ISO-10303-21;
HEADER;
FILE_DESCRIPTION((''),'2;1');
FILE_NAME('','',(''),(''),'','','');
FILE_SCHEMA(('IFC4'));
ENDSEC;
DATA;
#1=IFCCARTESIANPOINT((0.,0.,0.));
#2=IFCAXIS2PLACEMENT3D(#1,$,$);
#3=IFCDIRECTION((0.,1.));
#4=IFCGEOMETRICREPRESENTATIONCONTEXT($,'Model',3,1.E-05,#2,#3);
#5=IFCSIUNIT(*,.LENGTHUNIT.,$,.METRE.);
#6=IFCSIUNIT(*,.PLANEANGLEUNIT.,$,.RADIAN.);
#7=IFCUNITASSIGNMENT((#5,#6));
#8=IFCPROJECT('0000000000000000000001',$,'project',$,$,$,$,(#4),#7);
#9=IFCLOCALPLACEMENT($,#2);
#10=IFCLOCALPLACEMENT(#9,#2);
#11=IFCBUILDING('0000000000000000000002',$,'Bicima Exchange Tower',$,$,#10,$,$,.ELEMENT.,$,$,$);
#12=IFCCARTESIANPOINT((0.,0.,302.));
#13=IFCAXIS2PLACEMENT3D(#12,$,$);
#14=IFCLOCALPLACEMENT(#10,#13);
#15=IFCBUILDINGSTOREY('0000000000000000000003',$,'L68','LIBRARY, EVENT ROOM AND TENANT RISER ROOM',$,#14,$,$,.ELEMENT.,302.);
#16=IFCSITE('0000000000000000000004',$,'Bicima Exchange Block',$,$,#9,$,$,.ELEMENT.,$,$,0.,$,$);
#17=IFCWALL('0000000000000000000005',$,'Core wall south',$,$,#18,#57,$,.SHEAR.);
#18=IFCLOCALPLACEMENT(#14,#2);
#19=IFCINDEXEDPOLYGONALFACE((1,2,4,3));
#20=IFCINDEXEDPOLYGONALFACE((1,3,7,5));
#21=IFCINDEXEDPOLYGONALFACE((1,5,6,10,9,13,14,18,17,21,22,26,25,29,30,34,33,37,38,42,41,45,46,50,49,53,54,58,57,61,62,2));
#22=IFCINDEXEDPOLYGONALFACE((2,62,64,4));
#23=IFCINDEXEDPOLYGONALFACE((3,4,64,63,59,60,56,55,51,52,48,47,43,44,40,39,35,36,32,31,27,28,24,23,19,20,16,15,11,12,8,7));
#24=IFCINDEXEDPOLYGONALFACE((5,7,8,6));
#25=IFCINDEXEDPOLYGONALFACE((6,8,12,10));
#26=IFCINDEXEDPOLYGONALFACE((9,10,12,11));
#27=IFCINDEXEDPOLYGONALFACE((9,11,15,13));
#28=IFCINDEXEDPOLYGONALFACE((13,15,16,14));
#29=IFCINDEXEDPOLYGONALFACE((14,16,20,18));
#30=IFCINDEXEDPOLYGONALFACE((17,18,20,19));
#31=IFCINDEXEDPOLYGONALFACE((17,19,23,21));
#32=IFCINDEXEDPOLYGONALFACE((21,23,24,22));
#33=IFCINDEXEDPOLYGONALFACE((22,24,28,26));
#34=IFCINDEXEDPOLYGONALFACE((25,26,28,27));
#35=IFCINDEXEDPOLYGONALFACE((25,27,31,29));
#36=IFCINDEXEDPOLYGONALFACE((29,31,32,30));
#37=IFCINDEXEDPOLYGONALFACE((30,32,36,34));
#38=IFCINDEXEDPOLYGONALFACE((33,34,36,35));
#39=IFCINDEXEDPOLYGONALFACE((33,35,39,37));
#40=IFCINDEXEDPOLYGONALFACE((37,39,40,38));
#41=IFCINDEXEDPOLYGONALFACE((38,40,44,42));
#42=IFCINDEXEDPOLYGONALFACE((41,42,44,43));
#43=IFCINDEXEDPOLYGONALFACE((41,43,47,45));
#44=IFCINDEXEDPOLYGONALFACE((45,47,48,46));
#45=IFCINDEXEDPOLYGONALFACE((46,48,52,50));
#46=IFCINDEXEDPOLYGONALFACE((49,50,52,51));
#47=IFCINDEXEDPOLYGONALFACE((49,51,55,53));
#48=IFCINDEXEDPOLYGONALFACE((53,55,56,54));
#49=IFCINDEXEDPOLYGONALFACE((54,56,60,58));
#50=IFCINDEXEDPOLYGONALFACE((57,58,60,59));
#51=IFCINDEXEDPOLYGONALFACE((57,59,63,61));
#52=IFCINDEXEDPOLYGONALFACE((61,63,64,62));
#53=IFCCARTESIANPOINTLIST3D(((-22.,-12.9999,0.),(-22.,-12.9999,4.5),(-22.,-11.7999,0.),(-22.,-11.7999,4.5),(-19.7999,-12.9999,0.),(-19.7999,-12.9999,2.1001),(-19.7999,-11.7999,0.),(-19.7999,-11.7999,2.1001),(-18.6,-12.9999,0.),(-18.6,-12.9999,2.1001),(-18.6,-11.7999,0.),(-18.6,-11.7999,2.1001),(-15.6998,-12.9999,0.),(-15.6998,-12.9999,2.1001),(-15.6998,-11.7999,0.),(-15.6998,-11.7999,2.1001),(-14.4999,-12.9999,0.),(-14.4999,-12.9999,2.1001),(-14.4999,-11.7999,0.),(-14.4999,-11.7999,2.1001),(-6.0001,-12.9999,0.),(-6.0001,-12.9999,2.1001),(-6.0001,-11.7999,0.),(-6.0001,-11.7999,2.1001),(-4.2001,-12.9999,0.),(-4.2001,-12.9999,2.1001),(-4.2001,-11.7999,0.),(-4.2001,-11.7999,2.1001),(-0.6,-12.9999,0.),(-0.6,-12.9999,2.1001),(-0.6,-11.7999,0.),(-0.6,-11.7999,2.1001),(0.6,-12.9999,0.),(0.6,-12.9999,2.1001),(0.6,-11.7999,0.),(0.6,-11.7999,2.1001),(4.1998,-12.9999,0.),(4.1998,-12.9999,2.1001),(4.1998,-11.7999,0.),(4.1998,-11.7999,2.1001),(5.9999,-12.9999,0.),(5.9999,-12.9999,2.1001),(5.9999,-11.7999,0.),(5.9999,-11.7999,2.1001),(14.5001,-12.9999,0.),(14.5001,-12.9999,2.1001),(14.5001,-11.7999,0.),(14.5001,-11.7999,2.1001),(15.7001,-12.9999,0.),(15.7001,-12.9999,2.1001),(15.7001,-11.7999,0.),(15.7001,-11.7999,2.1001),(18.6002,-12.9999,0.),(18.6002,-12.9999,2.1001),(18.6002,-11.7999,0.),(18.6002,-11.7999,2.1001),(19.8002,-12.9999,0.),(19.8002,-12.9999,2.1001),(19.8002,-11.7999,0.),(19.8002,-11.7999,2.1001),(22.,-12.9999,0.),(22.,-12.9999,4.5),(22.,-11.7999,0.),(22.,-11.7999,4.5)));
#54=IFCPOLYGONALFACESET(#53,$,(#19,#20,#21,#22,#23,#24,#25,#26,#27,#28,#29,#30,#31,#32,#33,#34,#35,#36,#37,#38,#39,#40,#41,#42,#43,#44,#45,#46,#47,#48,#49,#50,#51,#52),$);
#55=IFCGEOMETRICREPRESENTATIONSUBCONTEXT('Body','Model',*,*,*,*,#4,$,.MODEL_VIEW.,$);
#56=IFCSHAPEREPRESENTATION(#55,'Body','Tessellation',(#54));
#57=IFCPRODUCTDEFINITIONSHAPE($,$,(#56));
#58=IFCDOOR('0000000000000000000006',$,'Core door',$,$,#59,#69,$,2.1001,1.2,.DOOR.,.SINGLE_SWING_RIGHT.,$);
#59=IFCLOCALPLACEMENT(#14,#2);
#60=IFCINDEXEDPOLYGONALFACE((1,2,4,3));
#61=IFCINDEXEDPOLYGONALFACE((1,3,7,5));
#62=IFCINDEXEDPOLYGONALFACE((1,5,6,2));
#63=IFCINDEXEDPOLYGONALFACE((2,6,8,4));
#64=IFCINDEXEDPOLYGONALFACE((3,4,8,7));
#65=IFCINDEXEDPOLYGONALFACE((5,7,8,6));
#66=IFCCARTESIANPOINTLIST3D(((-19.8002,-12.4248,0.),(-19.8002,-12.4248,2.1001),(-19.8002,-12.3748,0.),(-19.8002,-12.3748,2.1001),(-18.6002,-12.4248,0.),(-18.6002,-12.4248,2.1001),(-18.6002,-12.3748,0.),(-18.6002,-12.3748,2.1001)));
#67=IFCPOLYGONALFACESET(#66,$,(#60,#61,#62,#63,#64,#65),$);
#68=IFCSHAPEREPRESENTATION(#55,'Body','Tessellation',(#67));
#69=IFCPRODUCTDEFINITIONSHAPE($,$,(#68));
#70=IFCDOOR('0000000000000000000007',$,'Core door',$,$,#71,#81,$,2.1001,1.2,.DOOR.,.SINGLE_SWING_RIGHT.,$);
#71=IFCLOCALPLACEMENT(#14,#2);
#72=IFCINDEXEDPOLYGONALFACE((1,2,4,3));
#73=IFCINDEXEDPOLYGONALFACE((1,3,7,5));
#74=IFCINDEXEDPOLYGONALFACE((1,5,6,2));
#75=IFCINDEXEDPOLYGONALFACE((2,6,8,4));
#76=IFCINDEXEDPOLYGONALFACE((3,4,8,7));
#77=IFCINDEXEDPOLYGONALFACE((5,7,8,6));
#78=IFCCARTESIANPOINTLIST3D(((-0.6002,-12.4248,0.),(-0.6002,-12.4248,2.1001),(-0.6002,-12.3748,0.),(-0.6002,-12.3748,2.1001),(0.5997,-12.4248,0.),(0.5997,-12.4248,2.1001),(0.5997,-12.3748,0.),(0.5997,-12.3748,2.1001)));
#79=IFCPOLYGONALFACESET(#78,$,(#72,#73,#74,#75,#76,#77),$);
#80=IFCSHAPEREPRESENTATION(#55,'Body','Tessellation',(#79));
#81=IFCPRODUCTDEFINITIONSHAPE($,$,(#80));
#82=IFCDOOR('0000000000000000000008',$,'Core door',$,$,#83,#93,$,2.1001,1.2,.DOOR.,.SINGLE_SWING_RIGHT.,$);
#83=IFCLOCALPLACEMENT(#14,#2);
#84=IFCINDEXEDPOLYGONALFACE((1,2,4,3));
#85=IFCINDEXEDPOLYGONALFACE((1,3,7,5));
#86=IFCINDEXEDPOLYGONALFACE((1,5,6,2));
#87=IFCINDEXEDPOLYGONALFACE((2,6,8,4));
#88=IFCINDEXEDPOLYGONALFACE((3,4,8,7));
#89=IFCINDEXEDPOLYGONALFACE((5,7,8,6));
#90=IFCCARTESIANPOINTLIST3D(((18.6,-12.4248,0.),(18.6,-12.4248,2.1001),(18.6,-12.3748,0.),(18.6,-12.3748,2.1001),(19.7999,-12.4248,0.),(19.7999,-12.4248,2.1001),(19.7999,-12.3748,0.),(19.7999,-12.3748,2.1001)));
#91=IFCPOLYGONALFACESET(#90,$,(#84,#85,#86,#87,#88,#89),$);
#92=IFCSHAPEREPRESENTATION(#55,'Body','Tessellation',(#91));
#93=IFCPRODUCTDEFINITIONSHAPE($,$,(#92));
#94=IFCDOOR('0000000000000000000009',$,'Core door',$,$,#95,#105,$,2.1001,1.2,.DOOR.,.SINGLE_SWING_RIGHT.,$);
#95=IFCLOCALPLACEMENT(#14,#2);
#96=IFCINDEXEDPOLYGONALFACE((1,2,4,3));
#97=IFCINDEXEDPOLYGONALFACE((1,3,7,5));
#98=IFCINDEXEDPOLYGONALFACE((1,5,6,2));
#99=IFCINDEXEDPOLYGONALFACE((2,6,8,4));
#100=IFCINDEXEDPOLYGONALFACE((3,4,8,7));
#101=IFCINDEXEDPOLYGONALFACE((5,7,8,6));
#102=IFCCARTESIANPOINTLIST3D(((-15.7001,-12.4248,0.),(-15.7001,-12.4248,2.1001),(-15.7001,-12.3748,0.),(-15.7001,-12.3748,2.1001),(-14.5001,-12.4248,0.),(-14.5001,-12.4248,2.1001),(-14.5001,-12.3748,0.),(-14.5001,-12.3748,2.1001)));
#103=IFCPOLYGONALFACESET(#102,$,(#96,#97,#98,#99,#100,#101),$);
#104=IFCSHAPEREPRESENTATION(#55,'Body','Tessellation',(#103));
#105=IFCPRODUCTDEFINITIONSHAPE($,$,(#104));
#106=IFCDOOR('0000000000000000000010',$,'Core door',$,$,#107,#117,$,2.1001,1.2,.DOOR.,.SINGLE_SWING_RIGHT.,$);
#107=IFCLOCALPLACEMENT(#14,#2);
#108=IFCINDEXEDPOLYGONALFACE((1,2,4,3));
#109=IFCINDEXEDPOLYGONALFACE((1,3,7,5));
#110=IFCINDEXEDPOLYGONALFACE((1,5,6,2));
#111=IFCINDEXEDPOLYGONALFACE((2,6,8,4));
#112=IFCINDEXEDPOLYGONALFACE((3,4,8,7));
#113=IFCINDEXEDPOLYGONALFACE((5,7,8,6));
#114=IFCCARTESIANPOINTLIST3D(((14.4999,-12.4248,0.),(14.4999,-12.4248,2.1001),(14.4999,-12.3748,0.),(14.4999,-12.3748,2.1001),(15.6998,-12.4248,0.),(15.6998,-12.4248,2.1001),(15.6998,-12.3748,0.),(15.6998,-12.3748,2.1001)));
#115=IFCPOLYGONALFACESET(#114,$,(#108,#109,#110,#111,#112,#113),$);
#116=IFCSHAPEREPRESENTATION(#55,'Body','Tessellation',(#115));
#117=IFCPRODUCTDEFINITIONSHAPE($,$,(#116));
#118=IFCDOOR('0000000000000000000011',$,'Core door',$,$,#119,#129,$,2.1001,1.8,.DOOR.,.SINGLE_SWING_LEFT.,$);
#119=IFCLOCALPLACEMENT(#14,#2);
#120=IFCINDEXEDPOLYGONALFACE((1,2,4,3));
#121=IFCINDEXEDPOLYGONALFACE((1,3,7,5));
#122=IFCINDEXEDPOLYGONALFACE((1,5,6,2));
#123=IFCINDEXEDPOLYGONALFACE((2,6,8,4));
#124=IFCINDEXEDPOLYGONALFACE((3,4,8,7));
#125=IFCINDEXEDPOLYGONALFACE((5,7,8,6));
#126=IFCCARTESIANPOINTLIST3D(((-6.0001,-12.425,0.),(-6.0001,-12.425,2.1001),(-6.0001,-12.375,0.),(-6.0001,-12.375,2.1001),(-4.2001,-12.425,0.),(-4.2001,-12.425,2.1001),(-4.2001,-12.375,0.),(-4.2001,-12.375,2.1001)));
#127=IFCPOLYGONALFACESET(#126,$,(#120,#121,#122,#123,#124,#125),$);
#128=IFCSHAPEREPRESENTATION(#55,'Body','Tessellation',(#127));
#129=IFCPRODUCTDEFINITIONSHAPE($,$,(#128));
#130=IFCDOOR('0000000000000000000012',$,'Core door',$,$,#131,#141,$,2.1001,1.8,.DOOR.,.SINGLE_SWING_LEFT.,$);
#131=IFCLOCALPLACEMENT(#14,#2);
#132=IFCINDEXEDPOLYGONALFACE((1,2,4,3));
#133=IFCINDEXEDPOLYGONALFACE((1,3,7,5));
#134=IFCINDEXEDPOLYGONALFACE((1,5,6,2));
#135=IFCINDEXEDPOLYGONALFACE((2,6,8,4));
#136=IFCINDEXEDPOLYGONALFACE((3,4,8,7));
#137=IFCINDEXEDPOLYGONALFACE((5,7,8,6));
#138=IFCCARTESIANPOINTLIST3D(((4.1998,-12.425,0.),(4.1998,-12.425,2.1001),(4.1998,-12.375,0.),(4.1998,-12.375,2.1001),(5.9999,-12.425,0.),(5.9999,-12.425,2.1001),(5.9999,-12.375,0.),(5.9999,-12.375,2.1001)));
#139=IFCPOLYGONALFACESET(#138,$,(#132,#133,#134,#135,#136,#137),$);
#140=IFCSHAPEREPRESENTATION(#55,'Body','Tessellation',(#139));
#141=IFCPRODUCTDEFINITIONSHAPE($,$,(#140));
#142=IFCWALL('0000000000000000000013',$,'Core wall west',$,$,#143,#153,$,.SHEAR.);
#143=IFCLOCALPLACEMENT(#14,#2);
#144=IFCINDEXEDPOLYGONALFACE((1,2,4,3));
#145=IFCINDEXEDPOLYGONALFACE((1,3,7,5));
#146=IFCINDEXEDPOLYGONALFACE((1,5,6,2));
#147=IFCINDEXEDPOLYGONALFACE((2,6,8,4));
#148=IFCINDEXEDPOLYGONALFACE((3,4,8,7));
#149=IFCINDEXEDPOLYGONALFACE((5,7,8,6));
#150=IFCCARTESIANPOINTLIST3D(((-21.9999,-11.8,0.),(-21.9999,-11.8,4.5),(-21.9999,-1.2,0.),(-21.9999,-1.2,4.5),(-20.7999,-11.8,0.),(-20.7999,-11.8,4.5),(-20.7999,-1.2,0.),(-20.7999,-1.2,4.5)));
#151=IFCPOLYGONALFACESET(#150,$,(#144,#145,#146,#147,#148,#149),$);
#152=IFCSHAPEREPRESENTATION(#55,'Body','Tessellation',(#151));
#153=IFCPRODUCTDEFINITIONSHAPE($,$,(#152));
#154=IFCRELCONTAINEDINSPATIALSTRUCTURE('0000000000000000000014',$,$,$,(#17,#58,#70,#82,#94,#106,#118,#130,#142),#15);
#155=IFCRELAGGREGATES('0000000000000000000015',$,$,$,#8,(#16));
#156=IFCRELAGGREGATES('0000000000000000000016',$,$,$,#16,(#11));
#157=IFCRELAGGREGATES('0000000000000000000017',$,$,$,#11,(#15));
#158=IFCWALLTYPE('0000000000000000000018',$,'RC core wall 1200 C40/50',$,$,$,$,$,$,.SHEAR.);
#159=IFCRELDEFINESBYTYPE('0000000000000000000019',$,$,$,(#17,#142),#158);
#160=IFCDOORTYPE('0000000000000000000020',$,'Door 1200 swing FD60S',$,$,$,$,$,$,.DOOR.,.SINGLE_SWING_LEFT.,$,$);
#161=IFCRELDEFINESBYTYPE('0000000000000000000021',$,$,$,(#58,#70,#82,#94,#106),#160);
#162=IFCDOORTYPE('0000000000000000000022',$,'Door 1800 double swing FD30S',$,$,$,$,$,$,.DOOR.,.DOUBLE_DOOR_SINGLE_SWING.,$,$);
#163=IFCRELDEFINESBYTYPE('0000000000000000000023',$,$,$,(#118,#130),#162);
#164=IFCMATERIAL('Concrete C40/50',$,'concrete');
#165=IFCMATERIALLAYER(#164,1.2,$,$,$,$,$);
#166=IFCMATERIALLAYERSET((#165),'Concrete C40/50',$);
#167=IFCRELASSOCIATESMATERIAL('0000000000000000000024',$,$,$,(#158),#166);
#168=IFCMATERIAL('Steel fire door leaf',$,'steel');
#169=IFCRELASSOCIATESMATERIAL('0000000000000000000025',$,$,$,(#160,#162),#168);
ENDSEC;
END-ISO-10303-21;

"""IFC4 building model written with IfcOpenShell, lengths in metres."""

from ifc_helpers import new_model, si_unit, direction, frame, frame_2d, origin, place, context, subcontext, project, spatial, rectangle, extrude, material, layer, layer_set, type_object, element, fill, save


model = new_model("IFC4")

# Units and contexts
model_context = context("Model", 3, precision=1e-05, world=origin(), true_north=direction((0.0, 1.0)))
body_context = subcontext(model_context, "Body", "Model", "MODEL_VIEW")
ifc_project = project(units=[si_unit("LENGTHUNIT", "METRE"), si_unit("PLANEANGLEUNIT", "RADIAN")], contexts=[model_context])

# Site, building, storey
site_placement = place(None, origin())
site = spatial("IfcSite", under=ifc_project, at=site_placement, Name="Bicima Exchange Block", CompositionType="ELEMENT", RefElevation=0.0)
building_placement = place(site_placement, origin())
building = spatial("IfcBuilding", under=site, at=building_placement, Name="Bicima Exchange Tower", CompositionType="ELEMENT")
storey_placement = place(building_placement, frame((0.0, 0.0, 302.0)))
storey = spatial("IfcBuildingStorey", under=building, at=storey_placement, Name="L68", Description="LIBRARY, EVENT ROOM AND TENANT RISER ROOM", CompositionType="ELEMENT", Elevation=302.0)

# Wall, openings, doors
ifc_material_1 = material(Name="Concrete C40/50", Category="concrete")
ifc_layer_1 = layer(ifc_material_1, 1.2)
ifc_layer_set_1 = layer_set([ifc_layer_1], Name="Concrete C40/50")
wall_type_1 = type_object("IfcWallType", Name="RC core wall 1200 C40/50", PredefinedType="SHEAR", material=ifc_layer_set_1)
ifc_material_2 = material(Name="Steel fire door leaf", Category="steel")
wall_1_placement = place(storey_placement, frame((-22.0, -12.3999, 0.0), z_axis=(0.0, 0.0, 1.0), x_axis=(1.0, 0.0, 0.0)))
wall_1 = element("IfcWall", 1, at=wall_1_placement, inside=storey, type_object=wall_type_1, Name="Core wall south", PredefinedType="SHEAR", context=body_context, shape_type="SweptSolid", body=[
    extrude(rectangle(XDim=44.0, YDim=1.2, at=frame_2d((22.0, 0.0))), origin(), (0.0, 0.0, 1.0), 4.5),
])
opening_1_placement = place(wall_1_placement, frame((2.2, 0.0, 0.0)))
opening_1 = element("IfcOpeningElement", 2, at=opening_1_placement, cuts=wall_1, PredefinedType="OPENING", context=body_context, shape_type="SweptSolid", body=[
    extrude(rectangle(XDim=1.2, YDim=2.1001, at=frame_2d((0.6001, 1.05))), frame((0.0, 0.6118, 0.0), z_axis=(0.0, -1.0, 0.0), x_axis=(1.0, 0.0, 0.0)), (0.0, 0.0, 1.0), 1.2239),
])
opening_2_placement = place(wall_1_placement, frame((21.3999, 0.0, 0.0)))
opening_2 = element("IfcOpeningElement", 3, at=opening_2_placement, cuts=wall_1, PredefinedType="OPENING", context=body_context, shape_type="SweptSolid", body=[
    extrude(rectangle(XDim=1.2, YDim=2.1001, at=frame_2d((0.6001, 1.05))), frame((0.0, 0.6118, 0.0), z_axis=(0.0, -1.0, 0.0), x_axis=(1.0, 0.0, 0.0)), (0.0, 0.0, 1.0), 1.2239),
])
opening_3_placement = place(wall_1_placement, frame((40.6001, 0.0, 0.0)))
opening_3 = element("IfcOpeningElement", 4, at=opening_3_placement, cuts=wall_1, PredefinedType="OPENING", context=body_context, shape_type="SweptSolid", body=[
    extrude(rectangle(XDim=1.2, YDim=2.1001, at=frame_2d((0.6001, 1.05))), frame((0.0, 0.6118, 0.0), z_axis=(0.0, -1.0, 0.0), x_axis=(1.0, 0.0, 0.0)), (0.0, 0.0, 1.0), 1.2239),
])
opening_4_placement = place(wall_1_placement, frame((16.0, 0.0, 0.0)))
opening_4 = element("IfcOpeningElement", 5, at=opening_4_placement, cuts=wall_1, PredefinedType="OPENING", context=body_context, shape_type="SweptSolid", body=[
    extrude(rectangle(XDim=1.8, YDim=2.1001, at=frame_2d((0.8999, 1.05))), frame((0.0, 0.6118, 0.0), z_axis=(0.0, -1.0, 0.0), x_axis=(1.0, 0.0, 0.0)), (0.0, 0.0, 1.0), 1.2239),
])
opening_5_placement = place(wall_1_placement, frame((6.3, 0.0, 0.0)))
opening_5 = element("IfcOpeningElement", 6, at=opening_5_placement, cuts=wall_1, PredefinedType="OPENING", context=body_context, shape_type="SweptSolid", body=[
    extrude(rectangle(XDim=1.2, YDim=2.1001, at=frame_2d((0.6001, 1.05))), frame((0.0, 0.6118, 0.0), z_axis=(0.0, -1.0, 0.0), x_axis=(1.0, 0.0, 0.0)), (0.0, 0.0, 1.0), 1.2239),
])
opening_6_placement = place(wall_1_placement, frame((26.2, 0.0, 0.0)))
opening_6 = element("IfcOpeningElement", 7, at=opening_6_placement, cuts=wall_1, PredefinedType="OPENING", context=body_context, shape_type="SweptSolid", body=[
    extrude(rectangle(XDim=1.8, YDim=2.1001, at=frame_2d((0.8999, 1.05))), frame((0.0, 0.6118, 0.0), z_axis=(0.0, -1.0, 0.0), x_axis=(1.0, 0.0, 0.0)), (0.0, 0.0, 1.0), 1.2239),
])
opening_7_placement = place(wall_1_placement, frame((36.5, 0.0, 0.0)))
opening_7 = element("IfcOpeningElement", 8, at=opening_7_placement, cuts=wall_1, PredefinedType="OPENING", context=body_context, shape_type="SweptSolid", body=[
    extrude(rectangle(XDim=1.2, YDim=2.1001, at=frame_2d((0.6001, 1.05))), frame((0.0, 0.6118, 0.0), z_axis=(0.0, -1.0, 0.0), x_axis=(1.0, 0.0, 0.0)), (0.0, 0.0, 1.0), 1.2239),
])
door_type_1 = type_object("IfcDoorType", Name="Door 1200 swing FD60S", OperationType="SINGLE_SWING_LEFT", PredefinedType="DOOR", material=ifc_material_2)
door_1_placement = place(opening_1_placement, frame((1.2, 0.0, 0.0), z_axis=(0.0, 0.0, 1.0), x_axis=(-1.0, 0.0, 0.0)))
door_1 = element("IfcDoor", 9, at=door_1_placement, inside=storey, type_object=door_type_1, Name="Core door", OperationType="SINGLE_SWING_RIGHT", OverallHeight=2.1001, OverallWidth=1.2, PredefinedType="DOOR", context=body_context, shape_type="SweptSolid", body=[
    extrude(rectangle(XDim=1.2, YDim=2.1001, at=frame_2d((0.6001, 1.05))), frame((0.0, 0.0249, 0.0), z_axis=(0.0, -1.0, 0.0), x_axis=(1.0, 0.0, 0.0)), (0.0, 0.0, 1.0), 0.05),
])
fill(opening_1, door_1)
door_2_placement = place(opening_2_placement, frame((1.2, 0.0, 0.0), z_axis=(0.0, 0.0, 1.0), x_axis=(-1.0, 0.0, 0.0)))
door_2 = element("IfcDoor", 10, at=door_2_placement, inside=storey, type_object=door_type_1, Name="Core door", OperationType="SINGLE_SWING_RIGHT", OverallHeight=2.1001, OverallWidth=1.2, PredefinedType="DOOR", context=body_context, shape_type="SweptSolid", body=[
    extrude(rectangle(XDim=1.2, YDim=2.1001, at=frame_2d((0.6001, 1.05))), frame((0.0, 0.0249, 0.0), z_axis=(0.0, -1.0, 0.0), x_axis=(1.0, 0.0, 0.0)), (0.0, 0.0, 1.0), 0.05),
])
fill(opening_2, door_2)
door_3_placement = place(opening_3_placement, frame((1.2, 0.0, 0.0), z_axis=(0.0, 0.0, 1.0), x_axis=(-1.0, 0.0, 0.0)))
door_3 = element("IfcDoor", 11, at=door_3_placement, inside=storey, type_object=door_type_1, Name="Core door", OperationType="SINGLE_SWING_RIGHT", OverallHeight=2.1001, OverallWidth=1.2, PredefinedType="DOOR", context=body_context, shape_type="SweptSolid", body=[
    extrude(rectangle(XDim=1.2, YDim=2.1001, at=frame_2d((0.6001, 1.05))), frame((0.0, 0.0249, 0.0), z_axis=(0.0, -1.0, 0.0), x_axis=(1.0, 0.0, 0.0)), (0.0, 0.0, 1.0), 0.05),
])
fill(opening_3, door_3)
door_4_placement = place(opening_5_placement, frame((1.2, 0.0, 0.0), z_axis=(0.0, 0.0, 1.0), x_axis=(-1.0, 0.0, 0.0)))
door_4 = element("IfcDoor", 12, at=door_4_placement, inside=storey, type_object=door_type_1, Name="Core door", OperationType="SINGLE_SWING_RIGHT", OverallHeight=2.1001, OverallWidth=1.2, PredefinedType="DOOR", context=body_context, shape_type="SweptSolid", body=[
    extrude(rectangle(XDim=1.2, YDim=2.1001, at=frame_2d((0.6001, 1.05))), frame((0.0, 0.0249, 0.0), z_axis=(0.0, -1.0, 0.0), x_axis=(1.0, 0.0, 0.0)), (0.0, 0.0, 1.0), 0.05),
])
fill(opening_5, door_4)
door_5_placement = place(opening_7_placement, frame((1.2, 0.0, 0.0), z_axis=(0.0, 0.0, 1.0), x_axis=(-1.0, 0.0, 0.0)))
door_5 = element("IfcDoor", 13, at=door_5_placement, inside=storey, type_object=door_type_1, Name="Core door", OperationType="SINGLE_SWING_RIGHT", OverallHeight=2.1001, OverallWidth=1.2, PredefinedType="DOOR", context=body_context, shape_type="SweptSolid", body=[
    extrude(rectangle(XDim=1.2, YDim=2.1001, at=frame_2d((0.6001, 1.05))), frame((0.0, 0.0249, 0.0), z_axis=(0.0, -1.0, 0.0), x_axis=(1.0, 0.0, 0.0)), (0.0, 0.0, 1.0), 0.05),
])
fill(opening_7, door_5)
door_type_2 = type_object("IfcDoorType", Name="Door 1800 double swing FD30S", OperationType="DOUBLE_DOOR_SINGLE_SWING", PredefinedType="DOOR", material=ifc_material_2)
door_6_placement = place(opening_4_placement, origin())
door_6 = element("IfcDoor", 14, at=door_6_placement, inside=storey, type_object=door_type_2, Name="Core door", OperationType="SINGLE_SWING_LEFT", OverallHeight=2.1001, OverallWidth=1.8, PredefinedType="DOOR", context=body_context, shape_type="SweptSolid", body=[
    extrude(rectangle(XDim=1.8, YDim=2.1001, at=frame_2d((0.8999, 1.05))), frame((0.0, 0.0249, 0.0), z_axis=(0.0, -1.0, 0.0), x_axis=(1.0, 0.0, 0.0)), (0.0, 0.0, 1.0), 0.05),
])
fill(opening_4, door_6)
door_7_placement = place(opening_6_placement, origin())
door_7 = element("IfcDoor", 15, at=door_7_placement, inside=storey, type_object=door_type_2, Name="Core door", OperationType="SINGLE_SWING_LEFT", OverallHeight=2.1001, OverallWidth=1.8, PredefinedType="DOOR", context=body_context, shape_type="SweptSolid", body=[
    extrude(rectangle(XDim=1.8, YDim=2.1001, at=frame_2d((0.8999, 1.05))), frame((0.0, 0.0249, 0.0), z_axis=(0.0, -1.0, 0.0), x_axis=(1.0, 0.0, 0.0)), (0.0, 0.0, 1.0), 0.05),
])
fill(opening_6, door_7)

# Wall
wall_2_placement = place(storey_placement, frame((-21.3999, -11.8, 0.0), z_axis=(0.0, 0.0, 1.0), x_axis=(0.0, 1.0, 0.0)))
element("IfcWall", 16, at=wall_2_placement, inside=storey, type_object=wall_type_1, Name="Core wall west", PredefinedType="SHEAR", context=body_context, shape_type="SweptSolid", body=[
    extrude(rectangle(XDim=10.6001, YDim=1.2, at=frame_2d((5.3, 0.0))), origin(), (0.0, 0.0, 1.0), 4.5),
])

save(model, "model.ifc")
